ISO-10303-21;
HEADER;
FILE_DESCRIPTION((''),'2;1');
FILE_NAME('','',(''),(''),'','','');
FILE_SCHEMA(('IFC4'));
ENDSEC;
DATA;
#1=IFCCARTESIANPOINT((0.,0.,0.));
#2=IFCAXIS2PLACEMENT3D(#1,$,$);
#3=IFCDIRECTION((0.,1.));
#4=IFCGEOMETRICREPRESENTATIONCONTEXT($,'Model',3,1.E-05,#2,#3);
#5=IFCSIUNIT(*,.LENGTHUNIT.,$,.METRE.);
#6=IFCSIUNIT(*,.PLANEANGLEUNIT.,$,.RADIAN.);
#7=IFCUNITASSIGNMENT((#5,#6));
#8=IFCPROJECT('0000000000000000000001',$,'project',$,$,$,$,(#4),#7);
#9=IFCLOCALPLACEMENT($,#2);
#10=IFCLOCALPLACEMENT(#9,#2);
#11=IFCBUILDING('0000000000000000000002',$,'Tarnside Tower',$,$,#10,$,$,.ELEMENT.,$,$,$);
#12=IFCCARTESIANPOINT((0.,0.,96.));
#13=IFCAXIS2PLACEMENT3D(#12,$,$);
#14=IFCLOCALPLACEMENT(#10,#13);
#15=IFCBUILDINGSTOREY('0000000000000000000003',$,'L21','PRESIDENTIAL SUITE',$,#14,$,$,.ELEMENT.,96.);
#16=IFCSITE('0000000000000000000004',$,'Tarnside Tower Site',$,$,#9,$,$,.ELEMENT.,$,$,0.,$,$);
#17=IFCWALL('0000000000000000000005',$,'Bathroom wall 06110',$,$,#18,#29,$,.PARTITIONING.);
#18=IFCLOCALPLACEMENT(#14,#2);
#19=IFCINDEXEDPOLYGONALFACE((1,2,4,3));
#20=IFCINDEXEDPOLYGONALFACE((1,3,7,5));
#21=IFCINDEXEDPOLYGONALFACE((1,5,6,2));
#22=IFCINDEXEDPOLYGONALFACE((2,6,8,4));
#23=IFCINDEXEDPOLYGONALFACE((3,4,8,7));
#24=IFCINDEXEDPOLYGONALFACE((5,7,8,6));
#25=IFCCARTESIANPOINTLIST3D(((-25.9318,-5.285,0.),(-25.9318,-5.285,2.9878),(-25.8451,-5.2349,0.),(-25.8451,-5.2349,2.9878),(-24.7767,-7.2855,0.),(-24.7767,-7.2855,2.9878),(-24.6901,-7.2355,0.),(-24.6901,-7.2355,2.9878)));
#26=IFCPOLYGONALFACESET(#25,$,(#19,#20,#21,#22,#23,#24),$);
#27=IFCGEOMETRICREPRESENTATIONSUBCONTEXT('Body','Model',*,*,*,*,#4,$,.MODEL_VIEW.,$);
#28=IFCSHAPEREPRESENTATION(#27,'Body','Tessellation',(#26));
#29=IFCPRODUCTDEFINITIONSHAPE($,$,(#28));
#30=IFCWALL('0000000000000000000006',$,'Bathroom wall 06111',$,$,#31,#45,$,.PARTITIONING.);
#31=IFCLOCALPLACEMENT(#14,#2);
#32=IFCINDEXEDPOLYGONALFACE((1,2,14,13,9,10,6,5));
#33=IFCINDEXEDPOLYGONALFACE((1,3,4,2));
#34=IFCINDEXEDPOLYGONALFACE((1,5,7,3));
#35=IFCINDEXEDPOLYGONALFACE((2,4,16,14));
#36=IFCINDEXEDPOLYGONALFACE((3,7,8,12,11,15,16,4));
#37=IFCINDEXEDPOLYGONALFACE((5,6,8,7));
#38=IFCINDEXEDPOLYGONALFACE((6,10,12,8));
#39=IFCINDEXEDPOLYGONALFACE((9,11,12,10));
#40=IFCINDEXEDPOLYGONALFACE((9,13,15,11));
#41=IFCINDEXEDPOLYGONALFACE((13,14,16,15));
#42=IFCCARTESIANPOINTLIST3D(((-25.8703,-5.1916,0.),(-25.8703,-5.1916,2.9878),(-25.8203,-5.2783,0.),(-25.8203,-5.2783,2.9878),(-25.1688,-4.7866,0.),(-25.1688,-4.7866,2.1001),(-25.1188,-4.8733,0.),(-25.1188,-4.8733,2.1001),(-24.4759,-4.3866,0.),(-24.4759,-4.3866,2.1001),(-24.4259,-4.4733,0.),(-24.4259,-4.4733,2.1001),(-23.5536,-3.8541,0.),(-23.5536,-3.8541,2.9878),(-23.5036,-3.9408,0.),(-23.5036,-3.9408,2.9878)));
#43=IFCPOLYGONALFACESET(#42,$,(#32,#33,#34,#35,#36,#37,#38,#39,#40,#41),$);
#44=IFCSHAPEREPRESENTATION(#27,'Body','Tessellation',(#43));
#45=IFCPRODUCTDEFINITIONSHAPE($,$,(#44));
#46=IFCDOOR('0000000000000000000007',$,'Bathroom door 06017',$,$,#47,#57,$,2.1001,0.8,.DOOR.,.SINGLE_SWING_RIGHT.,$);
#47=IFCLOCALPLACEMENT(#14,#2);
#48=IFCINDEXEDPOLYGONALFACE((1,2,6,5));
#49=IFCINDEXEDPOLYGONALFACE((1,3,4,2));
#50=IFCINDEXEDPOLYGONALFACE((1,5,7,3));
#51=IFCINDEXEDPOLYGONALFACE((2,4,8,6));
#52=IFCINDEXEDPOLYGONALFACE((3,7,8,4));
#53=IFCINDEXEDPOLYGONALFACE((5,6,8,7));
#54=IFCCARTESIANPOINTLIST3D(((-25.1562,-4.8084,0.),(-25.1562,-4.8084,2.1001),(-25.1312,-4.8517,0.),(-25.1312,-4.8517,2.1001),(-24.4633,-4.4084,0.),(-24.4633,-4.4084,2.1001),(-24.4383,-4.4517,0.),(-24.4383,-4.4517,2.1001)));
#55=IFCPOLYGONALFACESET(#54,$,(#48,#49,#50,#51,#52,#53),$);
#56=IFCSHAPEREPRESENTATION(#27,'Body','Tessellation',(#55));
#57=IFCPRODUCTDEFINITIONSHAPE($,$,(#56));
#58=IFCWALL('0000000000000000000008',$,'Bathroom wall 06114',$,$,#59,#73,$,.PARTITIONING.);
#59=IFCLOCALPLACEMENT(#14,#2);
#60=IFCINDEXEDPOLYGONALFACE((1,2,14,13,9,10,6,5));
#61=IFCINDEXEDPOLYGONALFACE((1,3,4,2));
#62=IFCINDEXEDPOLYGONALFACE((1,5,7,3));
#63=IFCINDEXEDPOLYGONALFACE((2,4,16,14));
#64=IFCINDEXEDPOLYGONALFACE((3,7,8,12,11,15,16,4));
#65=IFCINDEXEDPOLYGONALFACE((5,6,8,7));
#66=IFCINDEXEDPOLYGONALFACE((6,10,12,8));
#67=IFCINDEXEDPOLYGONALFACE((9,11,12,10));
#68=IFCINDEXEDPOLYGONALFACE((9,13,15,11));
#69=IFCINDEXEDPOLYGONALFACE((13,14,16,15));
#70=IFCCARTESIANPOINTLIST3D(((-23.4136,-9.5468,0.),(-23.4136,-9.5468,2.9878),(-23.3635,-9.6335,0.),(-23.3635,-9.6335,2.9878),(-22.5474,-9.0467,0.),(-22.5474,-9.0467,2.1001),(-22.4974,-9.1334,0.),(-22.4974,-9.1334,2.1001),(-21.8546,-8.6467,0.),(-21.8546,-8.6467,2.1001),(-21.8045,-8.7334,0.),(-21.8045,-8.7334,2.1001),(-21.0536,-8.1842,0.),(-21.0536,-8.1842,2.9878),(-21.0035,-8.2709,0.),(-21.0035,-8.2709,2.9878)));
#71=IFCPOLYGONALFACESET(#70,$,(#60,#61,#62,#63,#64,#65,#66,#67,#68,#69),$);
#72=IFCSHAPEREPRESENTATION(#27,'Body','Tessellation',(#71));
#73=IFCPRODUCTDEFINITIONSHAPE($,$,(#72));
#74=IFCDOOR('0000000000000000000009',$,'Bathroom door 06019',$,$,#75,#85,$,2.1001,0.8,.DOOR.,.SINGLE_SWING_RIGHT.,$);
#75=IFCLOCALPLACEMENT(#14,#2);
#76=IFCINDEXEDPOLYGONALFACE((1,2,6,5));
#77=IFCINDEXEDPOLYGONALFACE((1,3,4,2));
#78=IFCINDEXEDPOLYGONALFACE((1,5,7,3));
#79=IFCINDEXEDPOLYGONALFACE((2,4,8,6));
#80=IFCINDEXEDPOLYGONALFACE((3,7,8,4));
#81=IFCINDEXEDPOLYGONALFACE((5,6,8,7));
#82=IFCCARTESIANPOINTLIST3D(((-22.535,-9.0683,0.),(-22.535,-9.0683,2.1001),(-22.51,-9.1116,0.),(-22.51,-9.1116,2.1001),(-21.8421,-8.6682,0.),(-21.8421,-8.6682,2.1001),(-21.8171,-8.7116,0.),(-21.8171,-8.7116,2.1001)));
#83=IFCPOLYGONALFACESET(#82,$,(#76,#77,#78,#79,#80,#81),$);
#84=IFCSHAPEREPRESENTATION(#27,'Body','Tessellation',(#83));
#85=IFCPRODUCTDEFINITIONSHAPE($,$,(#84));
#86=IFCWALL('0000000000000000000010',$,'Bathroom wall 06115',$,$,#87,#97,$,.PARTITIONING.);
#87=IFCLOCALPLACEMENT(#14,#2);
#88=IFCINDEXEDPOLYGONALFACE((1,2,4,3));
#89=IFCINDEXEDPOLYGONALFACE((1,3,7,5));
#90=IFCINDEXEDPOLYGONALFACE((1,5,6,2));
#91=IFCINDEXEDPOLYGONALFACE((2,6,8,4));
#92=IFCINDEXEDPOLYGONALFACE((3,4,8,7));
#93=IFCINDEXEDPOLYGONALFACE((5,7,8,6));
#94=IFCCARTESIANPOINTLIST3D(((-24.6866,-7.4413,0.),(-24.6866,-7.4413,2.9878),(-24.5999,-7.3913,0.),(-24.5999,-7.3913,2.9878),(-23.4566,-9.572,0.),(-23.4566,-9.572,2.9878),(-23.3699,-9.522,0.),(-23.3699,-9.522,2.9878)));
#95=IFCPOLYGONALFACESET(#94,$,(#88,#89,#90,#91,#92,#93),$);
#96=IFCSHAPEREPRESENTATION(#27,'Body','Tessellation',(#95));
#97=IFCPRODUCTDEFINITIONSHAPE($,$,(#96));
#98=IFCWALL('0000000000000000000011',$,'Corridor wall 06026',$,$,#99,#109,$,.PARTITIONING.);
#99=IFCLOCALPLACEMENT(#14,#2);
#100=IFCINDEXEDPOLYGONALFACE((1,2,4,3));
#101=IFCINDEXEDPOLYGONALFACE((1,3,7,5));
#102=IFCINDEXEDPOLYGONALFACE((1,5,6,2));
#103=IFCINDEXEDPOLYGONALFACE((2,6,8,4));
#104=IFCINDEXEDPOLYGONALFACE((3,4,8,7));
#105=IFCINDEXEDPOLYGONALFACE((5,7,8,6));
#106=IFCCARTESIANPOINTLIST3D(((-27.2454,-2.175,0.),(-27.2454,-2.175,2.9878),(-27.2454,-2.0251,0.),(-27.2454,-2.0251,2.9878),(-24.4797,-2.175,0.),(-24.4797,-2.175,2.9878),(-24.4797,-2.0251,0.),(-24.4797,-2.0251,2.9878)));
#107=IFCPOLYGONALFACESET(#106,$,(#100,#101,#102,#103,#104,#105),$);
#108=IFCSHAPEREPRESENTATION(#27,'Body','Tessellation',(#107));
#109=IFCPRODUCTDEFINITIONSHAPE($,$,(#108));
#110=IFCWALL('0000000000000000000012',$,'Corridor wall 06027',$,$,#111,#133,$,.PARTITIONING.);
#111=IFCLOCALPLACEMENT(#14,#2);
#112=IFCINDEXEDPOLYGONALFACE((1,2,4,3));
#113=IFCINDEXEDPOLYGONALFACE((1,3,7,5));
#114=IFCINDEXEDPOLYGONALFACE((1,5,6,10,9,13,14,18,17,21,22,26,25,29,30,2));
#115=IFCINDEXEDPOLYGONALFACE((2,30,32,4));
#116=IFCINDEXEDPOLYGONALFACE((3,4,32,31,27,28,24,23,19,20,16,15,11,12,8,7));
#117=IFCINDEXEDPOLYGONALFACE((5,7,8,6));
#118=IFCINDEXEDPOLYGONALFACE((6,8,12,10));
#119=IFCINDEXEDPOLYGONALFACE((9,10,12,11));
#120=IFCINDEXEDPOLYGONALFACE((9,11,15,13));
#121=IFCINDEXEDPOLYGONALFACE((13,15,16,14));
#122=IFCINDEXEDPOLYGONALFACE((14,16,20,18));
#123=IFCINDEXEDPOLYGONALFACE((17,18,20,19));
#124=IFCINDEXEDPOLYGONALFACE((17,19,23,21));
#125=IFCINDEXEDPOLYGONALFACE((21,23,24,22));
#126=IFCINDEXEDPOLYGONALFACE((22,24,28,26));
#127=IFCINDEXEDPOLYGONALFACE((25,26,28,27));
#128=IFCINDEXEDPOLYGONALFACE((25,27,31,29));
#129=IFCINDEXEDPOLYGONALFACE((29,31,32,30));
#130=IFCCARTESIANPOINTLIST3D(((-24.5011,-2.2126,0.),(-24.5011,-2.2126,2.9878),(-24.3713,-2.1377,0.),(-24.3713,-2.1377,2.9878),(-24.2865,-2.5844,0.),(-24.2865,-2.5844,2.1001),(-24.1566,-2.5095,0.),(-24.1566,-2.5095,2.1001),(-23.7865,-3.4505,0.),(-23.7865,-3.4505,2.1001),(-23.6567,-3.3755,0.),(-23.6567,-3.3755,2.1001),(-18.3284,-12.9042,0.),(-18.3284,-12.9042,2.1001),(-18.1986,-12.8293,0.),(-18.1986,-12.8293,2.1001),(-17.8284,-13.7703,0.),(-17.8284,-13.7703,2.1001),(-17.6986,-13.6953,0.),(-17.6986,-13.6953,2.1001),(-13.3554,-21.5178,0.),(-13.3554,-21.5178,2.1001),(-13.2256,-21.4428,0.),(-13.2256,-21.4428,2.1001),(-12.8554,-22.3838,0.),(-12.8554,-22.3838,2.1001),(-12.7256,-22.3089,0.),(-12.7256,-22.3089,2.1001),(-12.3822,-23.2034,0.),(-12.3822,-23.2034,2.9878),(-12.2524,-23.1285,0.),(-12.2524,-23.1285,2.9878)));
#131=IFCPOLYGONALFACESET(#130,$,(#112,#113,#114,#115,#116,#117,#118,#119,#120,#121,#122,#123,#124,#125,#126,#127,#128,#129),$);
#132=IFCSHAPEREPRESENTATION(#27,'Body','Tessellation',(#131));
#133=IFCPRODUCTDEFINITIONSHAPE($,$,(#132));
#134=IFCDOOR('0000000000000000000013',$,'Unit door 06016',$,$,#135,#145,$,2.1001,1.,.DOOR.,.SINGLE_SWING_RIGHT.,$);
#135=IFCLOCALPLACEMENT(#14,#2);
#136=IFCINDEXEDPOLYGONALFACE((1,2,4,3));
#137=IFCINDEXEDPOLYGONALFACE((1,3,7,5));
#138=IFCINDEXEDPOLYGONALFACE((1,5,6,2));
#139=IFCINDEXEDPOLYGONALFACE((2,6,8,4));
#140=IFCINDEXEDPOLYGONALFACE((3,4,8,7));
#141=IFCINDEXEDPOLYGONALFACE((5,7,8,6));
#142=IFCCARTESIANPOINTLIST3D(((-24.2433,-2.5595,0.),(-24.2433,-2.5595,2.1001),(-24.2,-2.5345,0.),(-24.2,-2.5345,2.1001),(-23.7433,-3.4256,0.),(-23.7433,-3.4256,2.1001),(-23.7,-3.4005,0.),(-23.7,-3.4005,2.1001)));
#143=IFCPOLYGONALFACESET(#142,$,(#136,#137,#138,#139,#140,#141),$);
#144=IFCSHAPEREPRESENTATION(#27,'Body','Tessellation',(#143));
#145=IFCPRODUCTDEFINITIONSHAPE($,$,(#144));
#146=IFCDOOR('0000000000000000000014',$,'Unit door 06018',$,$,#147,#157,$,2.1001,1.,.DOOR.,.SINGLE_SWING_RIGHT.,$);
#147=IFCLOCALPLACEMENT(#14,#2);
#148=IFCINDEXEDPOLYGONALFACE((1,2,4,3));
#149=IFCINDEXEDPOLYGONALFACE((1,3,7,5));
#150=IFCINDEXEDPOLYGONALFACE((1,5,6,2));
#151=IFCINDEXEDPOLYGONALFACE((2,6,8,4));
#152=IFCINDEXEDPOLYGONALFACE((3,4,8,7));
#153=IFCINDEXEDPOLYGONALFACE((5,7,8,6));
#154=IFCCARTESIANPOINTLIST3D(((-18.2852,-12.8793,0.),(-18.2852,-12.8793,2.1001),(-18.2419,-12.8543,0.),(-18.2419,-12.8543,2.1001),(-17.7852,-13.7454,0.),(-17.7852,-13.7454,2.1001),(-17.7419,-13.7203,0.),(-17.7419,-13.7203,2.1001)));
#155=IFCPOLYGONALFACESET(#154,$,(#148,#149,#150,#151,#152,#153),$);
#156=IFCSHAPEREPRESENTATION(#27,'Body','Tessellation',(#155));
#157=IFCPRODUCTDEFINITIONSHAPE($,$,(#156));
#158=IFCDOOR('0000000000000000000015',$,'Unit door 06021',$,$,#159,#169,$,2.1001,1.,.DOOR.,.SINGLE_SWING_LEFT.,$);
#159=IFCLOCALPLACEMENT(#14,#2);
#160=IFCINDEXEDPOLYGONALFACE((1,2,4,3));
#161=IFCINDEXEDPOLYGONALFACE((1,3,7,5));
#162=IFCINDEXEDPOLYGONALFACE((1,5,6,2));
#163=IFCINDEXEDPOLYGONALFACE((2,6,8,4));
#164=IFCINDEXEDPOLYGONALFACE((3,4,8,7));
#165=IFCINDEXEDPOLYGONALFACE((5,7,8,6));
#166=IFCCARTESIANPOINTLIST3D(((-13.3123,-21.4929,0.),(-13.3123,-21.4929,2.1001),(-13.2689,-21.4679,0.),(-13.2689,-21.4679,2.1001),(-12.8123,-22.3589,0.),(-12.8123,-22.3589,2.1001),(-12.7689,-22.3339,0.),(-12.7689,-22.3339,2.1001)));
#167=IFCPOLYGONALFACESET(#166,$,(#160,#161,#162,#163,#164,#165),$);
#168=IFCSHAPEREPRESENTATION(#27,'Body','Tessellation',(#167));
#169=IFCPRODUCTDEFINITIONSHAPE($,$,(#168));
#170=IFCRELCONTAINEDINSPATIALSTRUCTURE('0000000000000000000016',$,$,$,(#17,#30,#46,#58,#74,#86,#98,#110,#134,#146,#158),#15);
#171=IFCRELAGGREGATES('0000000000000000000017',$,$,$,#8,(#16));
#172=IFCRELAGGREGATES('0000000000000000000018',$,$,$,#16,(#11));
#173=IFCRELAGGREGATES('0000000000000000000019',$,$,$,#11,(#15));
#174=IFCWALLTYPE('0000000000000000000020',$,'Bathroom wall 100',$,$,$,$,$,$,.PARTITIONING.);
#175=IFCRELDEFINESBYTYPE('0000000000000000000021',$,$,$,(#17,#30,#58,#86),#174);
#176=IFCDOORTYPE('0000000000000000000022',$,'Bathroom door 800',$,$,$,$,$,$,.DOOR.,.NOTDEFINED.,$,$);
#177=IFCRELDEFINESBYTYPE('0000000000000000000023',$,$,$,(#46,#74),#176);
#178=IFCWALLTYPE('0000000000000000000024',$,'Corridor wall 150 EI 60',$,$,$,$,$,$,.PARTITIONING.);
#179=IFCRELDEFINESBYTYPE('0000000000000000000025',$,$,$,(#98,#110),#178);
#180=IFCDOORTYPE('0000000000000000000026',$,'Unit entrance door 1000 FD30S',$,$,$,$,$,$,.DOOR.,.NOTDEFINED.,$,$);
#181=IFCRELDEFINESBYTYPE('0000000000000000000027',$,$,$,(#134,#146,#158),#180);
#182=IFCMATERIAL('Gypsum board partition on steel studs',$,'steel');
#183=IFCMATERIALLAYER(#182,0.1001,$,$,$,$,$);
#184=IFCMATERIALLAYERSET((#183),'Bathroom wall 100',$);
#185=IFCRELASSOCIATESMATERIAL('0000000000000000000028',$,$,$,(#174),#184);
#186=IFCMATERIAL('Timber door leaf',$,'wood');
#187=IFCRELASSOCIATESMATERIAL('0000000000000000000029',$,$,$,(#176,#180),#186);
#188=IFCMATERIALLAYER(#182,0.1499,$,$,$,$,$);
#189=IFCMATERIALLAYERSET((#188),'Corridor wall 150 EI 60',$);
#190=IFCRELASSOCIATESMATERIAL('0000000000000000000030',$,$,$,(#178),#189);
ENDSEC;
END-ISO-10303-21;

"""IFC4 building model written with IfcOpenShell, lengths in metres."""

from ifc_helpers import new_model, si_unit, direction, frame, frame_2d, origin, place, context, subcontext, project, spatial, rectangle, extrude, material, layer, layer_set, type_object, element, fill, save


model = new_model("IFC4")

# Units and contexts
model_context = context("Model", 3, precision=1e-05, world=origin(), true_north=direction((0.0, 1.0)))
body_context = subcontext(model_context, "Body", "Model", "MODEL_VIEW")
ifc_project = project(units=[si_unit("LENGTHUNIT", "METRE"), si_unit("PLANEANGLEUNIT", "RADIAN")], contexts=[model_context])

# Site, building, storey
site_placement = place(None, origin())
site = spatial("IfcSite", under=ifc_project, at=site_placement, Name="Tarnside Tower Site", CompositionType="ELEMENT", RefElevation=0.0)
building_placement = place(site_placement, origin())
building = spatial("IfcBuilding", under=site, at=building_placement, Name="Tarnside Tower", CompositionType="ELEMENT")
storey_placement = place(building_placement, frame((0.0, 0.0, 96.0)))
storey = spatial("IfcBuildingStorey", under=building, at=storey_placement, Name="L21", Description="PRESIDENTIAL SUITE", CompositionType="ELEMENT", Elevation=96.0)

# Wall
ifc_material_1 = material(Name="Gypsum board partition on steel studs", Category="steel")
ifc_layer_1 = layer(ifc_material_1, 0.1001)
ifc_layer_set_1 = layer_set([ifc_layer_1], Name="Bathroom wall 100")
wall_type_1 = type_object("IfcWallType", Name="Bathroom wall 100", PredefinedType="PARTITIONING", material=ifc_layer_set_1)
wall_1_placement = place(storey_placement, frame((-24.7334, -7.2605, 0.0), z_axis=(0.0, 0.0, 1.0), x_axis=(-0.500015, 0.866017, 0.0)))
element("IfcWall", 1, at=wall_1_placement, inside=storey, type_object=wall_type_1, Name="Bathroom wall 06110", PredefinedType="PARTITIONING", context=body_context, shape_type="SweptSolid", body=[
    extrude(rectangle(XDim=2.3101, YDim=0.1001, at=frame_2d((1.155, 0.0))), origin(), (0.0, 0.0, 1.0), 2.9878),
])

# Walls, openings, doors
wall_2_placement = place(storey_placement, frame((-25.8452, -5.2349, 0.0), z_axis=(0.0, 0.0, 1.0), x_axis=(0.866044, 0.499967, 0.0)))
wall_2 = element("IfcWall", 2, at=wall_2_placement, inside=storey, type_object=wall_type_1, Name="Bathroom wall 06111", PredefinedType="PARTITIONING", context=body_context, shape_type="SweptSolid", body=[
    extrude(rectangle(XDim=2.675, YDim=0.1001, at=frame_2d((1.3374, 0.0))), origin(), (0.0, 0.0, 1.0), 2.9878),
])
opening_1_placement = place(wall_2_placement, frame((0.8101, 0.0, 0.0)))
opening_1 = element("IfcOpeningElement", 3, at=opening_1_placement, cuts=wall_2, PredefinedType="OPENING", context=body_context, shape_type="SweptSolid", body=[
    extrude(rectangle(XDim=0.8, YDim=2.1001, at=frame_2d((0.3999, 1.05))), frame((0.0, 0.0601, 0.0), z_axis=(0.0, -1.0, 0.0), x_axis=(1.0, 0.0, 0.0)), (0.0, 0.0, 1.0), 0.1201),
])
ifc_material_2 = material(Name="Timber door leaf", Category="wood")
door_type_1 = type_object("IfcDoorType", Name="Bathroom door 800", OperationType="NOTDEFINED", PredefinedType="DOOR", material=ifc_material_2)
door_1_placement = place(opening_1_placement, origin())
door_1 = element("IfcDoor", 4, at=door_1_placement, inside=storey, type_object=door_type_1, Name="Bathroom door 06017", OperationType="SINGLE_SWING_RIGHT", OverallHeight=2.1001, OverallWidth=0.8, PredefinedType="DOOR", context=body_context, shape_type="SweptSolid", body=[
    extrude(rectangle(XDim=0.8, YDim=2.1001, at=frame_2d((0.3999, 1.05))), frame((0.0, 0.0249, 0.0), z_axis=(0.0, -1.0, 0.0), x_axis=(1.0, 0.0, 0.0)), (0.0, 0.0, 1.0), 0.05),
])
fill(opening_1, door_1)
wall_3_placement = place(storey_placement, frame((-21.0286, -8.2275, 0.0), z_axis=(0.0, 0.0, 1.0), x_axis=(-0.866013, -0.500022, 0.0)))
wall_3 = element("IfcWall", 5, at=wall_3_placement, inside=storey, type_object=wall_type_1, Name="Bathroom wall 06114", PredefinedType="PARTITIONING", context=body_context, shape_type="SweptSolid", body=[
    extrude(rectangle(XDim=2.7251, YDim=0.1001, at=frame_2d((1.3625, 0.0))), origin(), (0.0, 0.0, 1.0), 2.9878),
])
opening_2_placement = place(wall_3_placement, frame((0.925, 0.0, 0.0)))
opening_2 = element("IfcOpeningElement", 6, at=opening_2_placement, cuts=wall_3, PredefinedType="OPENING", context=body_context, shape_type="SweptSolid", body=[
    extrude(rectangle(XDim=0.8, YDim=2.1001, at=frame_2d((0.3999, 1.05))), frame((0.0, 0.0601, 0.0), z_axis=(0.0, -1.0, 0.0), x_axis=(1.0, 0.0, 0.0)), (0.0, 0.0, 1.0), 0.1201),
])
door_2_placement = place(opening_2_placement, origin())
door_2 = element("IfcDoor", 7, at=door_2_placement, inside=storey, type_object=door_type_1, Name="Bathroom door 06019", OperationType="SINGLE_SWING_RIGHT", OverallHeight=2.1001, OverallWidth=0.8, PredefinedType="DOOR", context=body_context, shape_type="SweptSolid", body=[
    extrude(rectangle(XDim=0.8, YDim=2.1001, at=frame_2d((0.3999, 1.05))), frame((0.0, 0.0249, 0.0), z_axis=(0.0, -1.0, 0.0), x_axis=(1.0, 0.0, 0.0)), (0.0, 0.0, 1.0), 0.05),
])
fill(opening_2, door_2)

# Walls
wall_4_placement = place(storey_placement, frame((-23.4133, -9.5469, 0.0), z_axis=(0.0, 0.0, 1.0), x_axis=(-0.49996, 0.866048, 0.0)))
element("IfcWall", 8, at=wall_4_placement, inside=storey, type_object=wall_type_1, Name="Bathroom wall 06115", PredefinedType="PARTITIONING", context=body_context, shape_type="SweptSolid", body=[
    extrude(rectangle(XDim=2.4602, YDim=0.1001, at=frame_2d((1.23, 0.0))), origin(), (0.0, 0.0, 1.0), 2.9878),
])
ifc_layer_2 = layer(ifc_material_1, 0.1499)
ifc_layer_set_2 = layer_set([ifc_layer_2], Name="Corridor wall 150 EI 60")
wall_type_2 = type_object("IfcWallType", Name="Corridor wall 150 EI 60", PredefinedType="PARTITIONING", material=ifc_layer_set_2)
wall_5_placement = place(storey_placement, frame((-27.2454, -2.1001, 0.0), z_axis=(0.0, 0.0, 1.0), x_axis=(1.0, 0.0, 0.0)))
element("IfcWall", 9, at=wall_5_placement, inside=storey, type_object=wall_type_2, Name="Corridor wall 06026", PredefinedType="PARTITIONING", context=body_context, shape_type="SweptSolid", body=[
    extrude(rectangle(XDim=2.7656, YDim=0.1499, at=frame_2d((1.3828, 0.0))), origin(), (0.0, 0.0, 1.0), 2.9878),
])

# Wall, openings, doors
wall_6_placement = place(storey_placement, frame((-24.4363, -2.175, 0.0), z_axis=(0.0, 0.0, 1.0), x_axis=(0.499997, -0.866027, 0.0)))
wall_6 = element("IfcWall", 10, at=wall_6_placement, inside=storey, type_object=wall_type_2, Name="Corridor wall 06027", PredefinedType="PARTITIONING", context=body_context, shape_type="SweptSolid", body=[
    extrude(rectangle(XDim=24.238, YDim=0.1499, at=frame_2d((12.1191, 0.0))), origin(), (0.0, 0.0, 1.0), 2.9878),
])
opening_3_placement = place(wall_6_placement, frame((0.4294, 0.0, 0.0)))
opening_3 = element("IfcOpeningElement", 11, at=opening_3_placement, cuts=wall_6, PredefinedType="OPENING", context=body_context, shape_type="SweptSolid", body=[
    extrude(rectangle(XDim=1.0, YDim=2.1001, at=frame_2d((0.5, 1.05))), frame((0.0, 0.085, 0.0), z_axis=(0.0, -1.0, 0.0), x_axis=(1.0, 0.0, 0.0)), (0.0, 0.0, 1.0), 0.1699),
])
opening_4_placement = place(wall_6_placement, frame((12.3457, 0.0, 0.0)))
opening_4 = element("IfcOpeningElement", 12, at=opening_4_placement, cuts=wall_6, PredefinedType="OPENING", context=body_context, shape_type="SweptSolid", body=[
    extrude(rectangle(XDim=1.0, YDim=2.1001, at=frame_2d((0.5, 1.05))), frame((0.0, 0.085, 0.0), z_axis=(0.0, -1.0, 0.0), x_axis=(1.0, 0.0, 0.0)), (0.0, 0.0, 1.0), 0.1699),
])
opening_5_placement = place(wall_6_placement, frame((22.2917, 0.0, 0.0)))
opening_5 = element("IfcOpeningElement", 13, at=opening_5_placement, cuts=wall_6, PredefinedType="OPENING", context=body_context, shape_type="SweptSolid", body=[
    extrude(rectangle(XDim=1.0, YDim=2.1001, at=frame_2d((0.5, 1.05))), frame((0.0, 0.085, 0.0), z_axis=(0.0, -1.0, 0.0), x_axis=(1.0, 0.0, 0.0)), (0.0, 0.0, 1.0), 0.1699),
])
door_type_2 = type_object("IfcDoorType", Name="Unit entrance door 1000 FD30S", OperationType="NOTDEFINED", PredefinedType="DOOR", material=ifc_material_2)
door_3_placement = place(opening_3_placement, origin())
door_3 = element("IfcDoor", 14, at=door_3_placement, inside=storey, type_object=door_type_2, Name="Unit door 06016", OperationType="SINGLE_SWING_RIGHT", OverallHeight=2.1001, OverallWidth=1.0, PredefinedType="DOOR", context=body_context, shape_type="SweptSolid", body=[
    extrude(rectangle(XDim=1.0, YDim=2.1001, at=frame_2d((0.5, 1.05))), frame((0.0, 0.0249, 0.0), z_axis=(0.0, -1.0, 0.0), x_axis=(1.0, 0.0, 0.0)), (0.0, 0.0, 1.0), 0.05),
])
fill(opening_3, door_3)
door_4_placement = place(opening_4_placement, origin())
door_4 = element("IfcDoor", 15, at=door_4_placement, inside=storey, type_object=door_type_2, Name="Unit door 06018", OperationType="SINGLE_SWING_RIGHT", OverallHeight=2.1001, OverallWidth=1.0, PredefinedType="DOOR", context=body_context, shape_type="SweptSolid", body=[
    extrude(rectangle(XDim=1.0, YDim=2.1001, at=frame_2d((0.5, 1.05))), frame((0.0, 0.0249, 0.0), z_axis=(0.0, -1.0, 0.0), x_axis=(1.0, 0.0, 0.0)), (0.0, 0.0, 1.0), 0.05),
])
fill(opening_4, door_4)
door_5_placement = place(opening_5_placement, origin())
door_5 = element("IfcDoor", 16, at=door_5_placement, inside=storey, type_object=door_type_2, Name="Unit door 06021", OperationType="SINGLE_SWING_LEFT", OverallHeight=2.1001, OverallWidth=1.0, PredefinedType="DOOR", context=body_context, shape_type="SweptSolid", body=[
    extrude(rectangle(XDim=1.0, YDim=2.1001, at=frame_2d((0.5, 1.05))), frame((0.0, 0.0249, 0.0), z_axis=(0.0, -1.0, 0.0), x_axis=(1.0, 0.0, 0.0)), (0.0, 0.0, 1.0), 0.05),
])
fill(opening_5, door_5)

save(model, "model.ifc")
